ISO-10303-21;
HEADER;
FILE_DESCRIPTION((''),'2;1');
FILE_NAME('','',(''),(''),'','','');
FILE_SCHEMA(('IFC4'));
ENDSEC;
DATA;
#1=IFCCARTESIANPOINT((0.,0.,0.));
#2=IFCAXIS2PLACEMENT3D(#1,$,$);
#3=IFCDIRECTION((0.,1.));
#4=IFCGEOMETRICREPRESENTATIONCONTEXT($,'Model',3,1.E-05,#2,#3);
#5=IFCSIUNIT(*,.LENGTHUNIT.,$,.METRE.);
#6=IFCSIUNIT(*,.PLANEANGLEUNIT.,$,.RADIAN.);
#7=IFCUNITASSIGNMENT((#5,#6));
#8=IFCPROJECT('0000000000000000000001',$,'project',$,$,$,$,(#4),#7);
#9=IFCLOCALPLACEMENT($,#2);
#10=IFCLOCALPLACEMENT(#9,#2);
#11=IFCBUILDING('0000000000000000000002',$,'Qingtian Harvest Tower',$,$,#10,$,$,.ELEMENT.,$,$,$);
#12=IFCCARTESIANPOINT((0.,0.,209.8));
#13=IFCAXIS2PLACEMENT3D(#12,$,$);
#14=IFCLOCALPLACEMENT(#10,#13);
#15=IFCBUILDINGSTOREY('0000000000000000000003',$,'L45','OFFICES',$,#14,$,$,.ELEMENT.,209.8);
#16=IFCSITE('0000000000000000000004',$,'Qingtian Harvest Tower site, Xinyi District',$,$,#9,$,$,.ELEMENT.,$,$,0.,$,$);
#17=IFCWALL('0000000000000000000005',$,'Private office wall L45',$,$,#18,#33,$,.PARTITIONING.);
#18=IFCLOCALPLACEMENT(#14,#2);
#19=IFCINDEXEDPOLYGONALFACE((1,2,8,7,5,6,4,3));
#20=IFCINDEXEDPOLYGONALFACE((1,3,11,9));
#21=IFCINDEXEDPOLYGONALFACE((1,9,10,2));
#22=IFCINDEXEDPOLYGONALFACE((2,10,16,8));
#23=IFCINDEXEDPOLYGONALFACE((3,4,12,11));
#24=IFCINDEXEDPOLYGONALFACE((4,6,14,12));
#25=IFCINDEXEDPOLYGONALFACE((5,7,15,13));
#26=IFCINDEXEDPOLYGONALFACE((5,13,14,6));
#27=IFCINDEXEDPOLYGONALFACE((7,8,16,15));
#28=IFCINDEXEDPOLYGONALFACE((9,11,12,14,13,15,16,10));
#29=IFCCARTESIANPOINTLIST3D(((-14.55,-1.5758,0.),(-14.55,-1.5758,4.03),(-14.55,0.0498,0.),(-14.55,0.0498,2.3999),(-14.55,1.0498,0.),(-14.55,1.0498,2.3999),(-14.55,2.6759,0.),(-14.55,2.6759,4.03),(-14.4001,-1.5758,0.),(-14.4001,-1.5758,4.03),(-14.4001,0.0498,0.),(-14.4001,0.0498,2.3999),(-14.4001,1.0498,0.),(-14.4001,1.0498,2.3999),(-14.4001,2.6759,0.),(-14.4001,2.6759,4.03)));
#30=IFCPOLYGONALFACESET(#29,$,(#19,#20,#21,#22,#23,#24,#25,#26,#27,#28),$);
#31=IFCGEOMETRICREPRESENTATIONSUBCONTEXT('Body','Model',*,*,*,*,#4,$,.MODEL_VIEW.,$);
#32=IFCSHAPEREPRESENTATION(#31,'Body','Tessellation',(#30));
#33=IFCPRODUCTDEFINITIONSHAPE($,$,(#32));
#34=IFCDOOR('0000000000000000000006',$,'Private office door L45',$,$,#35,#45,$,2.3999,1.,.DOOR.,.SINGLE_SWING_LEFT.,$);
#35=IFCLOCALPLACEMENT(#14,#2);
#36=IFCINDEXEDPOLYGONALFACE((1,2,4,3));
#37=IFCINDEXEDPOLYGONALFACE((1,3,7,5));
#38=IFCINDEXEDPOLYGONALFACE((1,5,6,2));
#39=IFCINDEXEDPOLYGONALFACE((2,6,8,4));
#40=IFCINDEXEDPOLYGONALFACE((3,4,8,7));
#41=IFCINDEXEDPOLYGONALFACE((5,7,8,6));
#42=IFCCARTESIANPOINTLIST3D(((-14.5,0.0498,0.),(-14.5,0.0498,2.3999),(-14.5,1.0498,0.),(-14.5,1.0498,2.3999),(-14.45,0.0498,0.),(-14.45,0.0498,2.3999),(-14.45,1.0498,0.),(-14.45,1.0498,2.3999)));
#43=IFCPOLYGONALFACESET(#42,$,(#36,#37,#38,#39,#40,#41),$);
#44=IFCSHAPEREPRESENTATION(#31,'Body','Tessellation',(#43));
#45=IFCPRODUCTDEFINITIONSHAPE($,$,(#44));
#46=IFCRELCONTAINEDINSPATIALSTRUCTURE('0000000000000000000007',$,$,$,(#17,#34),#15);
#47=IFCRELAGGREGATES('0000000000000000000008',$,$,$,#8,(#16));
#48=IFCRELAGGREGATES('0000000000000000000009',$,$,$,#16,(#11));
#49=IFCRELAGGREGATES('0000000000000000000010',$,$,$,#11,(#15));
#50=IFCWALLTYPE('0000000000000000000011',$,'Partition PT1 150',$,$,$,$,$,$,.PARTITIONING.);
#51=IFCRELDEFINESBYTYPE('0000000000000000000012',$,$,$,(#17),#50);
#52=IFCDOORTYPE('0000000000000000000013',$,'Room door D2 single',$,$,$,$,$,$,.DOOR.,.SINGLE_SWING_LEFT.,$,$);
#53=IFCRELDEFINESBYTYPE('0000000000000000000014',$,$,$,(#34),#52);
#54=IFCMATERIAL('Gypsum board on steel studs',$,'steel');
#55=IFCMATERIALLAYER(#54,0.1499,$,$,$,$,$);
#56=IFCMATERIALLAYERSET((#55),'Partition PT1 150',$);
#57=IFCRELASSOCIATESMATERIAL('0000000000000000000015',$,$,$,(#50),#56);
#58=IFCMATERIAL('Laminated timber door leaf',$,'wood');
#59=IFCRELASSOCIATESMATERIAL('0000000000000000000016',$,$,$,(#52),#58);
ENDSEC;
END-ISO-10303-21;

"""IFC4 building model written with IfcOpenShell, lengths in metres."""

from ifc_helpers import new_model, si_unit, direction, frame, frame_2d, origin, place, context, subcontext, project, spatial, rectangle, extrude, material, layer, layer_set, type_object, element, fill, save


model = new_model("IFC4")

# Units and contexts
model_context = context("Model", 3, precision=1e-05, world=origin(), true_north=direction((0.0, 1.0)))
body_context = subcontext(model_context, "Body", "Model", "MODEL_VIEW")
ifc_project = project(units=[si_unit("LENGTHUNIT", "METRE"), si_unit("PLANEANGLEUNIT", "RADIAN")], contexts=[model_context])

# Site, building, storey
site_placement = place(None, origin())
site = spatial("IfcSite", under=ifc_project, at=site_placement, Name="Qingtian Harvest Tower site, Xinyi District", CompositionType="ELEMENT", RefElevation=0.0)
building_placement = place(site_placement, origin())
building = spatial("IfcBuilding", under=site, at=building_placement, Name="Qingtian Harvest Tower", CompositionType="ELEMENT")
storey_placement = place(building_placement, frame((0.0, 0.0, 209.8)))
storey = spatial("IfcBuildingStorey", under=building, at=storey_placement, Name="L45", Description="OFFICES", CompositionType="ELEMENT", Elevation=209.8)

# Shared definitions
ifc_material_1 = material(Name="Gypsum board on steel studs", Category="steel")
ifc_layer_1 = layer(ifc_material_1, 0.1499)
ifc_layer_set_1 = layer_set([ifc_layer_1], Name="Partition PT1 150")
wall_type_1 = type_object("IfcWallType", Name="Partition PT1 150", PredefinedType="PARTITIONING", material=ifc_layer_set_1)

# Shared definitions
ifc_material_2 = material(Name="Laminated timber door leaf", Category="wood")
door_type_1 = type_object("IfcDoorType", Name="Room door D2 single", OperationType="SINGLE_SWING_LEFT", PredefinedType="DOOR", material=ifc_material_2)

# Wall, opening, door
wall_1_placement = place(storey_placement, frame((-14.4751, -1.5759, 0.0), z_axis=(0.0, 0.0, 1.0), x_axis=(0.0, 1.0, 0.0)))
wall_1 = element("IfcWall", 1, at=wall_1_placement, inside=storey, type_object=wall_type_1, Name="Private office wall L45", PredefinedType="PARTITIONING", context=body_context, shape_type="SweptSolid", body=[
    extrude(rectangle(XDim=4.2517, YDim=0.1499, at=frame_2d((2.126, 0.0))), origin(), (0.0, 0.0, 1.0), 4.03),
])
opening_1_placement = place(wall_1_placement, frame((1.6257, 0.0, 0.0)))
opening_1 = element("IfcOpeningElement", 2, at=opening_1_placement, cuts=wall_1, PredefinedType="OPENING", context=body_context, shape_type="SweptSolid", body=[
    extrude(rectangle(XDim=1.0, YDim=2.3999, at=frame_2d((0.5, 1.2))), frame((0.0, 0.085, 0.0), z_axis=(0.0, -1.0, 0.0), x_axis=(1.0, 0.0, 0.0)), (0.0, 0.0, 1.0), 0.1699),
])
door_1_placement = place(opening_1_placement, origin())
door_1 = element("IfcDoor", 3, at=door_1_placement, inside=storey, type_object=door_type_1, Name="Private office door L45", OperationType="SINGLE_SWING_LEFT", OverallHeight=2.3999, OverallWidth=1.0, PredefinedType="DOOR", context=body_context, shape_type="SweptSolid", body=[
    extrude(rectangle(XDim=1.0, YDim=2.3999, at=frame_2d((0.5, 1.2))), frame((0.0, 0.0249, 0.0), z_axis=(0.0, -1.0, 0.0), x_axis=(1.0, 0.0, 0.0)), (0.0, 0.0, 1.0), 0.05),
])
fill(opening_1, door_1)

save(model, "model.ifc")
